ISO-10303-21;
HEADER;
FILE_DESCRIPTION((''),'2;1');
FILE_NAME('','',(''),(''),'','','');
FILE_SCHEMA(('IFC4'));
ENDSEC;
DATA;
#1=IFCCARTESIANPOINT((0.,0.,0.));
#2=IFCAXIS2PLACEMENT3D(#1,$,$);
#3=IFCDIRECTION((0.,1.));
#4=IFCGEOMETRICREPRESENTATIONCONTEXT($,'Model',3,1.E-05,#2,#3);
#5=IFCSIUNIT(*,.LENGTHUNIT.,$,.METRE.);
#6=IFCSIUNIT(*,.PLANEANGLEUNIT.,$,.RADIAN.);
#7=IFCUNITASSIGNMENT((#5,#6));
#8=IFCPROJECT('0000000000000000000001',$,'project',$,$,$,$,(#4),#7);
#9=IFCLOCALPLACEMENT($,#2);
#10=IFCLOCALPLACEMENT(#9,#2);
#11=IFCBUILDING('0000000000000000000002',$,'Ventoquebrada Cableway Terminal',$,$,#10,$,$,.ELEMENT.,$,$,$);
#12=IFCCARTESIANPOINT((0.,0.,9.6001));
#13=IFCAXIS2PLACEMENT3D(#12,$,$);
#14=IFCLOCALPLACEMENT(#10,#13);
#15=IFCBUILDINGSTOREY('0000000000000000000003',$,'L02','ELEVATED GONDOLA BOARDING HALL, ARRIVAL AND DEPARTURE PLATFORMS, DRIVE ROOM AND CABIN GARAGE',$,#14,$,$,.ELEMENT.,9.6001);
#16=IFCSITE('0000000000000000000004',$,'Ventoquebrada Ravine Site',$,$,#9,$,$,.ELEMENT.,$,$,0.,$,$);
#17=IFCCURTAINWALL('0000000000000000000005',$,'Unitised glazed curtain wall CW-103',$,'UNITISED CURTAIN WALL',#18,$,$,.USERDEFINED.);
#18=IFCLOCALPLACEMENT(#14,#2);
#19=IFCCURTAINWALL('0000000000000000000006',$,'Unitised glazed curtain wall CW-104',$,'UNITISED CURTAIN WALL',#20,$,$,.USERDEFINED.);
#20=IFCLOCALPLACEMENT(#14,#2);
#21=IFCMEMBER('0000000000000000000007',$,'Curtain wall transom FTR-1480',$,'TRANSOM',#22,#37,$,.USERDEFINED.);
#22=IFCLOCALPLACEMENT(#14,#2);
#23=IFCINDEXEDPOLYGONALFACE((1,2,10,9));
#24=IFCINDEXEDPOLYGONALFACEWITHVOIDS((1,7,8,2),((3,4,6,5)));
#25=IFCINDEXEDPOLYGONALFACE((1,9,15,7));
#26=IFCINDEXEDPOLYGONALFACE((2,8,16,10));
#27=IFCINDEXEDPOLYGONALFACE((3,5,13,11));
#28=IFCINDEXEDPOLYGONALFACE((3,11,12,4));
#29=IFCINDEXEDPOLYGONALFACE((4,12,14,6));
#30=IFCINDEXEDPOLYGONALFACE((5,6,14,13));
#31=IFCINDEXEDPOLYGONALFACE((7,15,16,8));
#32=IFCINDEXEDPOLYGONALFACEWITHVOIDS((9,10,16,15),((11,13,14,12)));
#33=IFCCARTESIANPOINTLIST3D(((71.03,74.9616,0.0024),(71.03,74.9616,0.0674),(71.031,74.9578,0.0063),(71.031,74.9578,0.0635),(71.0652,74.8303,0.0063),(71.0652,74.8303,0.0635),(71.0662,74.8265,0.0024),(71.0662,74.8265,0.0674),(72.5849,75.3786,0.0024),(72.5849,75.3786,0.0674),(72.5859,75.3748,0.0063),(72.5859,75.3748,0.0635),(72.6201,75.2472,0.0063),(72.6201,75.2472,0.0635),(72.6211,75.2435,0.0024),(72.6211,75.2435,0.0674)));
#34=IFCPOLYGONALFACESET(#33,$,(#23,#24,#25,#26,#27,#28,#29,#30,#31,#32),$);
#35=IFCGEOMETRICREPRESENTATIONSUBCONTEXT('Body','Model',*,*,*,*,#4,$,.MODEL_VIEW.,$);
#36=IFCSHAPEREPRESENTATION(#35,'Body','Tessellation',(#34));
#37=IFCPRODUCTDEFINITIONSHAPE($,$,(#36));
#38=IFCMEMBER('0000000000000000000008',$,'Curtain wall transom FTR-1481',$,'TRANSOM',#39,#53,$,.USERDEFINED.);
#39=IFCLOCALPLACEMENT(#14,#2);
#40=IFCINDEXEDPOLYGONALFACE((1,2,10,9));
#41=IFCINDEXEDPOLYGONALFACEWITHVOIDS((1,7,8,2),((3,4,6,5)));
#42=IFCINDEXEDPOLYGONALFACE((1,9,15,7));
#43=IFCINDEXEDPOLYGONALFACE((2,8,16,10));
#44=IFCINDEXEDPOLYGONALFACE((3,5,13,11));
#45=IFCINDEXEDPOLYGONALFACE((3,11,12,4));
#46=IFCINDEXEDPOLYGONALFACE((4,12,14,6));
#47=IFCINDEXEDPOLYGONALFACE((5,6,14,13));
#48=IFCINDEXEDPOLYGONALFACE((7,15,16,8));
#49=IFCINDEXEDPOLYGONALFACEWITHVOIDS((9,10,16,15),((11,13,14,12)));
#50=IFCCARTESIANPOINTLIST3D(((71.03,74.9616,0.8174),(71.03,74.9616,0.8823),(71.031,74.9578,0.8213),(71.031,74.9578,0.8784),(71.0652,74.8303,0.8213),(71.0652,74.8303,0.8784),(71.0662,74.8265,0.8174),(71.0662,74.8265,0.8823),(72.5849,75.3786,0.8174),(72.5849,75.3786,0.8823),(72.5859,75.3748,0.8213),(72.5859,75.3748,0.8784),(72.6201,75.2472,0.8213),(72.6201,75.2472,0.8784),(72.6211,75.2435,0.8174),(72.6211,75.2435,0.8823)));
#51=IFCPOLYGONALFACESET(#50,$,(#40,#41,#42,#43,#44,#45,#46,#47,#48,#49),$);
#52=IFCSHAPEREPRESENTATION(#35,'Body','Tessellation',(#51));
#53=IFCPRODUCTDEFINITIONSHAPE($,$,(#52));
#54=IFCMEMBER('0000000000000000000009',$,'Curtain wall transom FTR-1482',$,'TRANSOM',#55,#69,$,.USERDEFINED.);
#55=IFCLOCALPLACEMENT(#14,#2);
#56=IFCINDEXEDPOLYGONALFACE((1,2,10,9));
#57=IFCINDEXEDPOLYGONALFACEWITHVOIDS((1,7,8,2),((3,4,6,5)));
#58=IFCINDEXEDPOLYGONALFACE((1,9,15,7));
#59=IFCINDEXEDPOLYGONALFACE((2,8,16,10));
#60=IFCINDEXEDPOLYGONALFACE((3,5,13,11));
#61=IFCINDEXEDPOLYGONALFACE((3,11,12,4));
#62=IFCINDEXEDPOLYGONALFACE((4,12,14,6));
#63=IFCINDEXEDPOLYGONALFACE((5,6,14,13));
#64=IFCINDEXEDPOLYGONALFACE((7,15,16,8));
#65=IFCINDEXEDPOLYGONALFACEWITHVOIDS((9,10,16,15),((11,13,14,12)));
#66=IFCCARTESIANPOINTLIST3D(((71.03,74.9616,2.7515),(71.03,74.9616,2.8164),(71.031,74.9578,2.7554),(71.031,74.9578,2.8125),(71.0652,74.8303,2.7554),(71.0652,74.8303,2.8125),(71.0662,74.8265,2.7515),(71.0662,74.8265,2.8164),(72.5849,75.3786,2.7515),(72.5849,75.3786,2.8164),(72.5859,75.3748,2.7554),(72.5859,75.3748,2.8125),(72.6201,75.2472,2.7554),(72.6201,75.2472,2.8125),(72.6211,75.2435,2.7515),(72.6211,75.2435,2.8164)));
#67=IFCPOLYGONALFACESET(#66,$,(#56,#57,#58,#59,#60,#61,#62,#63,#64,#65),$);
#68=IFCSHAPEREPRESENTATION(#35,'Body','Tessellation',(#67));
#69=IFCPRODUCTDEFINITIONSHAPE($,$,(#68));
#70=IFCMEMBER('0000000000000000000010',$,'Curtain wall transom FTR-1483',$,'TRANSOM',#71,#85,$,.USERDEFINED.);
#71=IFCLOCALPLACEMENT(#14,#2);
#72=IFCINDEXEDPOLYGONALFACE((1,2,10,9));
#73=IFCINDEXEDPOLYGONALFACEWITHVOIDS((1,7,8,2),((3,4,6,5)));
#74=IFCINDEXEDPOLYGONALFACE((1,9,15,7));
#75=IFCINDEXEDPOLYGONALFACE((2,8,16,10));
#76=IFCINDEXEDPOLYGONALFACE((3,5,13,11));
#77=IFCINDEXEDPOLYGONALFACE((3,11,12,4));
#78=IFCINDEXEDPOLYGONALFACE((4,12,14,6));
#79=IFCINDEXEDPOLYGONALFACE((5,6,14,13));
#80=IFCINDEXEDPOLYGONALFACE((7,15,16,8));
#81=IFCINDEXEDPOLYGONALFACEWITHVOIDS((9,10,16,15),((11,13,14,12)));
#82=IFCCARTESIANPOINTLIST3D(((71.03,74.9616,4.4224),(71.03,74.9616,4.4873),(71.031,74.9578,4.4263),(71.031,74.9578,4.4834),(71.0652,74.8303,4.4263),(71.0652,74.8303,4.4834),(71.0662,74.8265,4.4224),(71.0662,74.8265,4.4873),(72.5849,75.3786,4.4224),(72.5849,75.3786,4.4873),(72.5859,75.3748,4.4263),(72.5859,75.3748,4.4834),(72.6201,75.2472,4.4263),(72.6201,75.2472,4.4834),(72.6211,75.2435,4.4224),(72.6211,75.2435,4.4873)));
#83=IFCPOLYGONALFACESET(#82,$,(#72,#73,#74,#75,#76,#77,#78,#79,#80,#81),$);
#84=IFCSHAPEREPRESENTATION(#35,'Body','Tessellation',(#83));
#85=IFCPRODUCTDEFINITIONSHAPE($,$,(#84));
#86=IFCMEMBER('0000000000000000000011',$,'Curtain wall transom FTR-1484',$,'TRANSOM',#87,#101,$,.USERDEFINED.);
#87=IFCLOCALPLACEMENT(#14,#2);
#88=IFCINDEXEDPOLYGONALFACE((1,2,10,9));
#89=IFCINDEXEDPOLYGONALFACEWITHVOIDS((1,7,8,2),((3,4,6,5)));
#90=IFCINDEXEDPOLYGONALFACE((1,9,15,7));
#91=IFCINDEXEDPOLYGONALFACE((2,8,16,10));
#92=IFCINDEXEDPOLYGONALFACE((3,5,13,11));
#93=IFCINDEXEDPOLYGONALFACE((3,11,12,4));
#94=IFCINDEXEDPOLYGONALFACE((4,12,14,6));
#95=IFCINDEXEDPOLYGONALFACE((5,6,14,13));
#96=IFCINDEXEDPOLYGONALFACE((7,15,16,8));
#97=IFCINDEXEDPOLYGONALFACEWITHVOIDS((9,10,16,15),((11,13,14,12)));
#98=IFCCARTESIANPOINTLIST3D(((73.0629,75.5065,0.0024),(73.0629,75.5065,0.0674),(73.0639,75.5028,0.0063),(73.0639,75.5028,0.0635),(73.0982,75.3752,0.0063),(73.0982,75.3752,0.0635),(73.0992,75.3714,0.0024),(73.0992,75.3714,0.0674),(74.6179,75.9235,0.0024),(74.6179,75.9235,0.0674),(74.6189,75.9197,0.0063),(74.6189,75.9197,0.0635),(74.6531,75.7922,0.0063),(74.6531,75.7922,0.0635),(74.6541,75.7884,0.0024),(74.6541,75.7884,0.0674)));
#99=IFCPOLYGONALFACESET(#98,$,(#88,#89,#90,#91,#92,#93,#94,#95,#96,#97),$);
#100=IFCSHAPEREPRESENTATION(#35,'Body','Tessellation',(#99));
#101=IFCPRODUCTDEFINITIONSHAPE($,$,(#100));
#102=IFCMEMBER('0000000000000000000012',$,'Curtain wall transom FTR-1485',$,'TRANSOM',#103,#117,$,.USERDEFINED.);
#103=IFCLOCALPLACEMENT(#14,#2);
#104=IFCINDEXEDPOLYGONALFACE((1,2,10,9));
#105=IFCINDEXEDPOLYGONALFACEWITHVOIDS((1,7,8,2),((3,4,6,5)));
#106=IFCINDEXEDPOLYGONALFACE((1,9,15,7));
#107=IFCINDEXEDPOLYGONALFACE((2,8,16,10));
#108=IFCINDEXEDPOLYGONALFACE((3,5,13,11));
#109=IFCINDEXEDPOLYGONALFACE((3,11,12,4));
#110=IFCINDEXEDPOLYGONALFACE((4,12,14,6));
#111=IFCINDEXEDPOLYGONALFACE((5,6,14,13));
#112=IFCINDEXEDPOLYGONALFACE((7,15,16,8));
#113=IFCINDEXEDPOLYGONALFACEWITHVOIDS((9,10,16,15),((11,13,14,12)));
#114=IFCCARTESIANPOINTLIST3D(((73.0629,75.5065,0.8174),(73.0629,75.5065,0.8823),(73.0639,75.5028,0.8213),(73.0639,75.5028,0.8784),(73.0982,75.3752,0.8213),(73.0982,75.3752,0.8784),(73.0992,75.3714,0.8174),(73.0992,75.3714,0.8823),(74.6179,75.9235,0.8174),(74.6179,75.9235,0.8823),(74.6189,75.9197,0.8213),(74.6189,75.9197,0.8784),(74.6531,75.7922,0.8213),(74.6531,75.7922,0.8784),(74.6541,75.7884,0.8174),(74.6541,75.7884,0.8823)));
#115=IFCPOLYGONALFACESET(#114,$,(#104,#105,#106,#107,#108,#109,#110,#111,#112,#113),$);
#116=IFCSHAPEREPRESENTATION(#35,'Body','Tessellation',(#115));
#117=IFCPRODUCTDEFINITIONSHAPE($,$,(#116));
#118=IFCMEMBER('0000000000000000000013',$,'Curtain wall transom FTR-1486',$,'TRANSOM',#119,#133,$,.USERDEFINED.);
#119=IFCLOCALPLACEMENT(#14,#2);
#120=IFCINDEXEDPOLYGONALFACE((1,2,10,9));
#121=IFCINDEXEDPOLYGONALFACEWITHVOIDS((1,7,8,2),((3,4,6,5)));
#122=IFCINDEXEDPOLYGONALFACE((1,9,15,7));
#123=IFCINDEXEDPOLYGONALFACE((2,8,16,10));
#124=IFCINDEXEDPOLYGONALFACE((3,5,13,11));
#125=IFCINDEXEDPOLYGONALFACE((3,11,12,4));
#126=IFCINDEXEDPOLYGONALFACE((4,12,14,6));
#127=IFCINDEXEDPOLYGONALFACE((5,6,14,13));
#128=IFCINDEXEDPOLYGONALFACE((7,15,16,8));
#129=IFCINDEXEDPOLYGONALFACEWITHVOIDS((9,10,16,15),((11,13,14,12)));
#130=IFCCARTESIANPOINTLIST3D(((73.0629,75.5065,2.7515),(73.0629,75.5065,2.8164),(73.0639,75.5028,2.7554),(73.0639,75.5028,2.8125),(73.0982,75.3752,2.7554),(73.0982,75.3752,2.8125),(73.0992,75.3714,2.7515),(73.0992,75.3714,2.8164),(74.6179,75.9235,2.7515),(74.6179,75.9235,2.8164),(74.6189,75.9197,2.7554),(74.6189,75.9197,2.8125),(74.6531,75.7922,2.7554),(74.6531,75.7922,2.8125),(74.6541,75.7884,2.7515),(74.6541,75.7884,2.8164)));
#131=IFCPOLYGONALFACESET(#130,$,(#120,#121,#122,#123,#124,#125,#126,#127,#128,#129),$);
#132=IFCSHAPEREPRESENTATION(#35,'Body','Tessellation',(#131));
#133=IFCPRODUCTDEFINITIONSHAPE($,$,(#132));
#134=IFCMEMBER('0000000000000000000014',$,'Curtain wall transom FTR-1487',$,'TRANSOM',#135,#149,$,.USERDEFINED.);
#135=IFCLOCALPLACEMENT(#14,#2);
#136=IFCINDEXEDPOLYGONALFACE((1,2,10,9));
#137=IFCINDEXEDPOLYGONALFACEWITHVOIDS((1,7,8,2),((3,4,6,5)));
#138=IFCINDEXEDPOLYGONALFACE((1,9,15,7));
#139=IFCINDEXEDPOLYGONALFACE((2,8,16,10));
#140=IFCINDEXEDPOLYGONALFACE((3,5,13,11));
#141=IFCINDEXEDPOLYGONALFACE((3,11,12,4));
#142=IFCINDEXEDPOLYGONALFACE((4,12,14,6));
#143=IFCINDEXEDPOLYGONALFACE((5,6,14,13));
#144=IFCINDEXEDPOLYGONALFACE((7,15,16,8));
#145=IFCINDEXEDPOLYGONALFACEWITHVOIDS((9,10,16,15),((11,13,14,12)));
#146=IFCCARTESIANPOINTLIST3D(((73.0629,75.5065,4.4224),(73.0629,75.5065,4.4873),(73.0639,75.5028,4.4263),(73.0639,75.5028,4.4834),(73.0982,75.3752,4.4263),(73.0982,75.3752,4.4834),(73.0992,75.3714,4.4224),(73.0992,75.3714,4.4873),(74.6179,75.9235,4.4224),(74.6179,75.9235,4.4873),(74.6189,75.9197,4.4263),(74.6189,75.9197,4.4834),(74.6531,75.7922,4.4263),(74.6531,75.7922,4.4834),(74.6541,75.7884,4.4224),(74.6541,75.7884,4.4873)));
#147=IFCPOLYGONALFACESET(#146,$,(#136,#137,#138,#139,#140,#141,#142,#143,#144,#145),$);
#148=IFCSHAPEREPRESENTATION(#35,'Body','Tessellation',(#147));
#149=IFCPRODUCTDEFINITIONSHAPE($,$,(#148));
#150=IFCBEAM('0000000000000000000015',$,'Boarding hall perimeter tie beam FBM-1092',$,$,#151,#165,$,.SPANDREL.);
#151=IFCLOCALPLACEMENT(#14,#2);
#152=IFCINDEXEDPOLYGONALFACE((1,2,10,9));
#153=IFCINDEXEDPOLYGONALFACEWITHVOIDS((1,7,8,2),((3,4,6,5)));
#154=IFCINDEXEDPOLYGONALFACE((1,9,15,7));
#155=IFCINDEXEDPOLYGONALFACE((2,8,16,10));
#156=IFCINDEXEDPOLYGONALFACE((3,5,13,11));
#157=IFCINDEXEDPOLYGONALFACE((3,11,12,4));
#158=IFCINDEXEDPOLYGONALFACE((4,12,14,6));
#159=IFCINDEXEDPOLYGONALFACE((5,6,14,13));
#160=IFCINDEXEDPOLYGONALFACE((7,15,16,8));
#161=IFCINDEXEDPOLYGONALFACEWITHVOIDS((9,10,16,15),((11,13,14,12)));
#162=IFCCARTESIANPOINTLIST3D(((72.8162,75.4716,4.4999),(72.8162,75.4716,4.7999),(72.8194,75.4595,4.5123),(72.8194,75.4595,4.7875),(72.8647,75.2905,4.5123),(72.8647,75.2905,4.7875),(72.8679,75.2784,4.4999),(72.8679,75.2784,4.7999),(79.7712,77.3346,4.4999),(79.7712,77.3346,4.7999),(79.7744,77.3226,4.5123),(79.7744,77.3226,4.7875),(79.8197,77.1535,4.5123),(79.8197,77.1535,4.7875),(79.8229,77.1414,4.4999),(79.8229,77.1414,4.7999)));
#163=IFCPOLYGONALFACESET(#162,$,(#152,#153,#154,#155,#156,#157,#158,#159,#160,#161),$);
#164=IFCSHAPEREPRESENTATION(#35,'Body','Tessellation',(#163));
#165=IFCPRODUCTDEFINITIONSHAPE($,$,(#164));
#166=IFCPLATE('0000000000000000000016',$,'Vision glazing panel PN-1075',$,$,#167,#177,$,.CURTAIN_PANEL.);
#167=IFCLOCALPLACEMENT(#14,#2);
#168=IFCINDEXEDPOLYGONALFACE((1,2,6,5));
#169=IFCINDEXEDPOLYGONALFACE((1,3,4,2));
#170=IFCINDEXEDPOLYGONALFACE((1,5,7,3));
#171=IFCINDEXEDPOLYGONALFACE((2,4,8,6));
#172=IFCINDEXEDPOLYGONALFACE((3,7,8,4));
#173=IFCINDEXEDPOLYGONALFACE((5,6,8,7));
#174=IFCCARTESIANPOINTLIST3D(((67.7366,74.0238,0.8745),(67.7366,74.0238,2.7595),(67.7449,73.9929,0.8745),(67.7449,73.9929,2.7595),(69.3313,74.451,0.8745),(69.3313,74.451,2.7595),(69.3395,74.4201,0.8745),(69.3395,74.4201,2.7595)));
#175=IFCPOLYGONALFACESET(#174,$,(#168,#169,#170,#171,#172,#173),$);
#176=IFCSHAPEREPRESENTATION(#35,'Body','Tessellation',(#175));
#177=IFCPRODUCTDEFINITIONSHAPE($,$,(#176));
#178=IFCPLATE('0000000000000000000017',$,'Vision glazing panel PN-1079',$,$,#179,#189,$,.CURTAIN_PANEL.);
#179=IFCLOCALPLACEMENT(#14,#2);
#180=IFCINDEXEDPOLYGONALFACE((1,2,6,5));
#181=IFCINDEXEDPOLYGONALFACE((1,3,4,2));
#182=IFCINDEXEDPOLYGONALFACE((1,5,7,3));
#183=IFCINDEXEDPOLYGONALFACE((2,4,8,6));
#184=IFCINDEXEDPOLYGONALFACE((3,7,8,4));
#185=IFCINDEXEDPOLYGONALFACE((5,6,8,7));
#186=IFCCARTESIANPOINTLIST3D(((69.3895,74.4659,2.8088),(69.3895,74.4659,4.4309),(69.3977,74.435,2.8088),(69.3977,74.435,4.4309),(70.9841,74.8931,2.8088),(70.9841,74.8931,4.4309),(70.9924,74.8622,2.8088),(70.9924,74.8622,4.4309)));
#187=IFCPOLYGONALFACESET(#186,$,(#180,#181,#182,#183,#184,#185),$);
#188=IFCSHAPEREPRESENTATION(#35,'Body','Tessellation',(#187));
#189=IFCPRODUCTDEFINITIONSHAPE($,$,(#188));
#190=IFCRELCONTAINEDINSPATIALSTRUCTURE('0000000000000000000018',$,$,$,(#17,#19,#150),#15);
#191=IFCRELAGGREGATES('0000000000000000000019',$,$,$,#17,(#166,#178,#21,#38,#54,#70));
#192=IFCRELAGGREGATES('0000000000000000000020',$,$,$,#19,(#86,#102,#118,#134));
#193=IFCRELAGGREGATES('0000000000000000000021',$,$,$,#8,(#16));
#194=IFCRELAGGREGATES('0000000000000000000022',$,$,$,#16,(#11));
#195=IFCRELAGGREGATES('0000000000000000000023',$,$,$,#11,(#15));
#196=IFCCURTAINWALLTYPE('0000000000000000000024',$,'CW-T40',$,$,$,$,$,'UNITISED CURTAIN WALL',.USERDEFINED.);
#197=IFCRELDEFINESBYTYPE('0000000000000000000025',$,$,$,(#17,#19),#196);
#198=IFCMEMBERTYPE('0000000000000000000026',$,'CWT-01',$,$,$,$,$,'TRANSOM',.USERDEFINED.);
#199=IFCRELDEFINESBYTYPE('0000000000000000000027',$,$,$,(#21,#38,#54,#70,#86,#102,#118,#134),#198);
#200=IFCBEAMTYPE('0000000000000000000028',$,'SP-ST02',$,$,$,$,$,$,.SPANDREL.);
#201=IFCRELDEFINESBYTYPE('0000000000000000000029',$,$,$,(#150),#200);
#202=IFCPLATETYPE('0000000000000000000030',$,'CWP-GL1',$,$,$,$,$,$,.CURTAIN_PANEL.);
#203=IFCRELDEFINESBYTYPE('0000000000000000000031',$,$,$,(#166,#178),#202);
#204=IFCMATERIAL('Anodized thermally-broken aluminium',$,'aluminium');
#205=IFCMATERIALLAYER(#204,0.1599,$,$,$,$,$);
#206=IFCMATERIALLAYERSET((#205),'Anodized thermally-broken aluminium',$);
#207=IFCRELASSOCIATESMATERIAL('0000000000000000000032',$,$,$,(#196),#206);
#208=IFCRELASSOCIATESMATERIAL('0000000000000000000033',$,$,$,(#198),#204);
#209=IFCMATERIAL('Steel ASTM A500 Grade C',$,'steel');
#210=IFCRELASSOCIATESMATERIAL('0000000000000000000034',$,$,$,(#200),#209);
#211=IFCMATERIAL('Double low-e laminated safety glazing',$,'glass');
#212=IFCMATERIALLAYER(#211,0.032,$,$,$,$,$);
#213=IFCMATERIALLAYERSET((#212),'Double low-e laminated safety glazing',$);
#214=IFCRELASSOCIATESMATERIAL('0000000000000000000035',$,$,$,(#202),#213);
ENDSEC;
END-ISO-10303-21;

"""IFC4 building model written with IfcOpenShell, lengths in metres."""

from ifc_helpers import new_model, si_unit, direction, frame, origin, origin_2d, place, context, subcontext, project, spatial, rectangle, hollow_rectangle, extrude, material, layer, layer_set, material_profile, profile_set, type_object, element, aggregate, save


model = new_model("IFC4")

# Units and contexts
model_context = context("Model", 3, precision=1e-05, world=origin(), true_north=direction((0.0, 1.0)))
body_context = subcontext(model_context, "Body", "Model", "MODEL_VIEW")
ifc_project = project(units=[si_unit("LENGTHUNIT", "METRE"), si_unit("PLANEANGLEUNIT", "RADIAN")], contexts=[model_context])

# Site, building, storey
site_placement = place(None, origin())
site = spatial("IfcSite", under=ifc_project, at=site_placement, Name="Ventoquebrada Ravine Site", CompositionType="ELEMENT", RefElevation=0.0)
building_placement = place(site_placement, origin())
building = spatial("IfcBuilding", under=site, at=building_placement, Name="Ventoquebrada Cableway Terminal", CompositionType="ELEMENT")
storey_placement = place(building_placement, frame((0.0, 0.0, 9.6001)))
storey = spatial("IfcBuildingStorey", under=building, at=storey_placement, Name="L02", Description="ELEVATED GONDOLA BOARDING HALL, ARRIVAL AND DEPARTURE PLATFORMS, DRIVE ROOM AND CABIN GARAGE", CompositionType="ELEMENT", Elevation=9.6001)

# Shared definitions
ifc_material_1 = material(Name="Steel ASTM A500 Grade C", Category="steel")

# Curtain walls
ifc_material_2 = material(Name="Anodized thermally-broken aluminium", Category="aluminium")
ifc_layer_1 = layer(ifc_material_2, 0.1599)
ifc_layer_set_1 = layer_set([ifc_layer_1], Name="Anodized thermally-broken aluminium")
curtain_wall_type = type_object("IfcCurtainWallType", Name="CW-T40", ElementType="UNITISED CURTAIN WALL", PredefinedType="USERDEFINED", material=ifc_layer_set_1)
curtain_wall_1_placement = place(storey_placement, origin())
curtain_wall_1 = element("IfcCurtainWall", 1, at=curtain_wall_1_placement, inside=storey, type_object=curtain_wall_type, Name="Unitised glazed curtain wall CW-103", ObjectType="UNITISED CURTAIN WALL", PredefinedType="USERDEFINED")
curtain_wall_2_placement = place(storey_placement, origin())
curtain_wall_2 = element("IfcCurtainWall", 2, at=curtain_wall_2_placement, inside=storey, type_object=curtain_wall_type, Name="Unitised glazed curtain wall CW-104", ObjectType="UNITISED CURTAIN WALL", PredefinedType="USERDEFINED")

# Members
ifc_material_profile_1 = material_profile(ifc_material_2, hollow_rectangle(XDim=0.0649, YDim=0.1399, WallThickness=0.0039, at=origin_2d()), Name="CW-TRN-65X140")
ifc_profile_set_1 = profile_set([ifc_material_profile_1], Name="Anodized thermally-broken aluminium")
member_type_1 = type_object("IfcMemberType", Name="CWT-01", ElementType="TRANSOM", PredefinedType="USERDEFINED", material=ifc_profile_set_1)
member_1_placement = place(storey_placement, frame((71.0481, 74.894, 0.0349), z_axis=(0.965872, 0.259022, 0.0), x_axis=(0.0, 0.0, 1.0)))
member_1 = element("IfcMember", 3, at=member_1_placement, type_object=member_type_1, Name="Curtain wall transom FTR-1480", ObjectType="TRANSOM", PredefinedType="USERDEFINED", context=body_context, shape_type="SweptSolid", body=[
    extrude(hollow_rectangle(XDim=0.0649, YDim=0.1399, WallThickness=0.0039, at=origin_2d()), origin(), (0.0, 0.0, 1.0), 1.6099),
])
member_2_placement = place(storey_placement, frame((71.0481, 74.894, 0.8499), z_axis=(0.965872, 0.259022, 0.0), x_axis=(0.0, 0.0, 1.0)))
member_2 = element("IfcMember", 4, at=member_2_placement, type_object=member_type_1, Name="Curtain wall transom FTR-1481", ObjectType="TRANSOM", PredefinedType="USERDEFINED", context=body_context, shape_type="SweptSolid", body=[
    extrude(hollow_rectangle(XDim=0.0649, YDim=0.1399, WallThickness=0.0039, at=origin_2d()), origin(), (0.0, 0.0, 1.0), 1.6099),
])
member_3_placement = place(storey_placement, frame((71.0481, 74.894, 2.7839), z_axis=(0.965872, 0.259022, 0.0), x_axis=(0.0, 0.0, 1.0)))
member_3 = element("IfcMember", 5, at=member_3_placement, type_object=member_type_1, Name="Curtain wall transom FTR-1482", ObjectType="TRANSOM", PredefinedType="USERDEFINED", context=body_context, shape_type="SweptSolid", body=[
    extrude(hollow_rectangle(XDim=0.0649, YDim=0.1399, WallThickness=0.0039, at=origin_2d()), origin(), (0.0, 0.0, 1.0), 1.6099),
])
member_4_placement = place(storey_placement, frame((71.0481, 74.894, 4.4548), z_axis=(0.965872, 0.259022, 0.0), x_axis=(0.0, 0.0, 1.0)))
member_4 = element("IfcMember", 6, at=member_4_placement, type_object=member_type_1, Name="Curtain wall transom FTR-1483", ObjectType="TRANSOM", PredefinedType="USERDEFINED", context=body_context, shape_type="SweptSolid", body=[
    extrude(hollow_rectangle(XDim=0.0649, YDim=0.1399, WallThickness=0.0039, at=origin_2d()), origin(), (0.0, 0.0, 1.0), 1.6099),
])
member_5_placement = place(storey_placement, frame((73.0811, 75.439, 0.0349), z_axis=(0.965872, 0.259022, 0.0), x_axis=(0.0, 0.0, 1.0)))
member_5 = element("IfcMember", 7, at=member_5_placement, type_object=member_type_1, Name="Curtain wall transom FTR-1484", ObjectType="TRANSOM", PredefinedType="USERDEFINED", context=body_context, shape_type="SweptSolid", body=[
    extrude(hollow_rectangle(XDim=0.0649, YDim=0.1399, WallThickness=0.0039, at=origin_2d()), origin(), (0.0, 0.0, 1.0), 1.6099),
])
member_6_placement = place(storey_placement, frame((73.0811, 75.439, 0.8499), z_axis=(0.965872, 0.259022, 0.0), x_axis=(0.0, 0.0, 1.0)))
member_6 = element("IfcMember", 8, at=member_6_placement, type_object=member_type_1, Name="Curtain wall transom FTR-1485", ObjectType="TRANSOM", PredefinedType="USERDEFINED", context=body_context, shape_type="SweptSolid", body=[
    extrude(hollow_rectangle(XDim=0.0649, YDim=0.1399, WallThickness=0.0039, at=origin_2d()), origin(), (0.0, 0.0, 1.0), 1.6099),
])
member_7_placement = place(storey_placement, frame((73.0811, 75.439, 2.7839), z_axis=(0.965872, 0.259022, 0.0), x_axis=(0.0, 0.0, 1.0)))
member_7 = element("IfcMember", 9, at=member_7_placement, type_object=member_type_1, Name="Curtain wall transom FTR-1486", ObjectType="TRANSOM", PredefinedType="USERDEFINED", context=body_context, shape_type="SweptSolid", body=[
    extrude(hollow_rectangle(XDim=0.0649, YDim=0.1399, WallThickness=0.0039, at=origin_2d()), origin(), (0.0, 0.0, 1.0), 1.6099),
])
member_8_placement = place(storey_placement, frame((73.0811, 75.439, 4.4548), z_axis=(0.965872, 0.259022, 0.0), x_axis=(0.0, 0.0, 1.0)))
member_8 = element("IfcMember", 10, at=member_8_placement, type_object=member_type_1, Name="Curtain wall transom FTR-1487", ObjectType="TRANSOM", PredefinedType="USERDEFINED", context=body_context, shape_type="SweptSolid", body=[
    extrude(hollow_rectangle(XDim=0.0649, YDim=0.1399, WallThickness=0.0039, at=origin_2d()), origin(), (0.0, 0.0, 1.0), 1.6099),
])

# Beam
ifc_material_profile_2 = material_profile(ifc_material_1, hollow_rectangle(XDim=0.2, YDim=0.3, WallThickness=0.0125, at=origin_2d()), Name="RHS300X200X12.5")
ifc_profile_set_2 = profile_set([ifc_material_profile_2], Name="Steel ASTM A500 Grade C")
beam_type = type_object("IfcBeamType", Name="SP-ST02", PredefinedType="SPANDREL", material=ifc_profile_set_2)
beam_placement = place(storey_placement, frame((72.842, 75.375, 4.6499), z_axis=(0.965946, 0.258745, 0.0), x_axis=(-0.258745, 0.965946, 0.0)))
element("IfcBeam", 11, at=beam_placement, inside=storey, type_object=beam_type, Name="Boarding hall perimeter tie beam FBM-1092", PredefinedType="SPANDREL", context=body_context, shape_type="SweptSolid", body=[
    extrude(hollow_rectangle(XDim=0.2, YDim=0.3, WallThickness=0.0125, at=origin_2d()), origin(), (0.0, 0.0, 1.0), 7.2002),
])

# Plates
ifc_material_3 = material(Name="Double low-e laminated safety glazing", Category="glass")
ifc_layer_2 = layer(ifc_material_3, 0.032)
ifc_layer_set_2 = layer_set([ifc_layer_2], Name="Double low-e laminated safety glazing")
plate_type_1 = type_object("IfcPlateType", Name="CWP-GL1", PredefinedType="CURTAIN_PANEL", material=ifc_layer_set_2)
plate_1_placement = place(storey_placement, frame((68.5381, 74.2219, 0.8745), z_axis=(0.0, 0.0, 1.0), x_axis=(0.965939, 0.258768, 0.0)))
plate_1 = element("IfcPlate", 12, at=plate_1_placement, type_object=plate_type_1, Name="Vision glazing panel PN-1075", PredefinedType="CURTAIN_PANEL", context=body_context, shape_type="SweptSolid", body=[
    extrude(rectangle(XDim=1.6509, YDim=0.032, at=origin_2d()), origin(), (0.0, 0.0, 1.0), 1.885),
])
plate_2_placement = place(storey_placement, frame((70.1909, 74.6641, 2.8088), z_axis=(0.0, 0.0, 1.0), x_axis=(0.965939, 0.258768, 0.0)))
plate_2 = element("IfcPlate", 13, at=plate_2_placement, type_object=plate_type_1, Name="Vision glazing panel PN-1079", PredefinedType="CURTAIN_PANEL", context=body_context, shape_type="SweptSolid", body=[
    extrude(rectangle(XDim=1.6509, YDim=0.032, at=origin_2d()), origin(), (0.0, 0.0, 1.0), 1.6221),
])
aggregate(curtain_wall_1, [plate_1, plate_2, member_1, member_2, member_3, member_4])
aggregate(curtain_wall_2, [member_5, member_6, member_7, member_8])

save(model, "model.ifc")
